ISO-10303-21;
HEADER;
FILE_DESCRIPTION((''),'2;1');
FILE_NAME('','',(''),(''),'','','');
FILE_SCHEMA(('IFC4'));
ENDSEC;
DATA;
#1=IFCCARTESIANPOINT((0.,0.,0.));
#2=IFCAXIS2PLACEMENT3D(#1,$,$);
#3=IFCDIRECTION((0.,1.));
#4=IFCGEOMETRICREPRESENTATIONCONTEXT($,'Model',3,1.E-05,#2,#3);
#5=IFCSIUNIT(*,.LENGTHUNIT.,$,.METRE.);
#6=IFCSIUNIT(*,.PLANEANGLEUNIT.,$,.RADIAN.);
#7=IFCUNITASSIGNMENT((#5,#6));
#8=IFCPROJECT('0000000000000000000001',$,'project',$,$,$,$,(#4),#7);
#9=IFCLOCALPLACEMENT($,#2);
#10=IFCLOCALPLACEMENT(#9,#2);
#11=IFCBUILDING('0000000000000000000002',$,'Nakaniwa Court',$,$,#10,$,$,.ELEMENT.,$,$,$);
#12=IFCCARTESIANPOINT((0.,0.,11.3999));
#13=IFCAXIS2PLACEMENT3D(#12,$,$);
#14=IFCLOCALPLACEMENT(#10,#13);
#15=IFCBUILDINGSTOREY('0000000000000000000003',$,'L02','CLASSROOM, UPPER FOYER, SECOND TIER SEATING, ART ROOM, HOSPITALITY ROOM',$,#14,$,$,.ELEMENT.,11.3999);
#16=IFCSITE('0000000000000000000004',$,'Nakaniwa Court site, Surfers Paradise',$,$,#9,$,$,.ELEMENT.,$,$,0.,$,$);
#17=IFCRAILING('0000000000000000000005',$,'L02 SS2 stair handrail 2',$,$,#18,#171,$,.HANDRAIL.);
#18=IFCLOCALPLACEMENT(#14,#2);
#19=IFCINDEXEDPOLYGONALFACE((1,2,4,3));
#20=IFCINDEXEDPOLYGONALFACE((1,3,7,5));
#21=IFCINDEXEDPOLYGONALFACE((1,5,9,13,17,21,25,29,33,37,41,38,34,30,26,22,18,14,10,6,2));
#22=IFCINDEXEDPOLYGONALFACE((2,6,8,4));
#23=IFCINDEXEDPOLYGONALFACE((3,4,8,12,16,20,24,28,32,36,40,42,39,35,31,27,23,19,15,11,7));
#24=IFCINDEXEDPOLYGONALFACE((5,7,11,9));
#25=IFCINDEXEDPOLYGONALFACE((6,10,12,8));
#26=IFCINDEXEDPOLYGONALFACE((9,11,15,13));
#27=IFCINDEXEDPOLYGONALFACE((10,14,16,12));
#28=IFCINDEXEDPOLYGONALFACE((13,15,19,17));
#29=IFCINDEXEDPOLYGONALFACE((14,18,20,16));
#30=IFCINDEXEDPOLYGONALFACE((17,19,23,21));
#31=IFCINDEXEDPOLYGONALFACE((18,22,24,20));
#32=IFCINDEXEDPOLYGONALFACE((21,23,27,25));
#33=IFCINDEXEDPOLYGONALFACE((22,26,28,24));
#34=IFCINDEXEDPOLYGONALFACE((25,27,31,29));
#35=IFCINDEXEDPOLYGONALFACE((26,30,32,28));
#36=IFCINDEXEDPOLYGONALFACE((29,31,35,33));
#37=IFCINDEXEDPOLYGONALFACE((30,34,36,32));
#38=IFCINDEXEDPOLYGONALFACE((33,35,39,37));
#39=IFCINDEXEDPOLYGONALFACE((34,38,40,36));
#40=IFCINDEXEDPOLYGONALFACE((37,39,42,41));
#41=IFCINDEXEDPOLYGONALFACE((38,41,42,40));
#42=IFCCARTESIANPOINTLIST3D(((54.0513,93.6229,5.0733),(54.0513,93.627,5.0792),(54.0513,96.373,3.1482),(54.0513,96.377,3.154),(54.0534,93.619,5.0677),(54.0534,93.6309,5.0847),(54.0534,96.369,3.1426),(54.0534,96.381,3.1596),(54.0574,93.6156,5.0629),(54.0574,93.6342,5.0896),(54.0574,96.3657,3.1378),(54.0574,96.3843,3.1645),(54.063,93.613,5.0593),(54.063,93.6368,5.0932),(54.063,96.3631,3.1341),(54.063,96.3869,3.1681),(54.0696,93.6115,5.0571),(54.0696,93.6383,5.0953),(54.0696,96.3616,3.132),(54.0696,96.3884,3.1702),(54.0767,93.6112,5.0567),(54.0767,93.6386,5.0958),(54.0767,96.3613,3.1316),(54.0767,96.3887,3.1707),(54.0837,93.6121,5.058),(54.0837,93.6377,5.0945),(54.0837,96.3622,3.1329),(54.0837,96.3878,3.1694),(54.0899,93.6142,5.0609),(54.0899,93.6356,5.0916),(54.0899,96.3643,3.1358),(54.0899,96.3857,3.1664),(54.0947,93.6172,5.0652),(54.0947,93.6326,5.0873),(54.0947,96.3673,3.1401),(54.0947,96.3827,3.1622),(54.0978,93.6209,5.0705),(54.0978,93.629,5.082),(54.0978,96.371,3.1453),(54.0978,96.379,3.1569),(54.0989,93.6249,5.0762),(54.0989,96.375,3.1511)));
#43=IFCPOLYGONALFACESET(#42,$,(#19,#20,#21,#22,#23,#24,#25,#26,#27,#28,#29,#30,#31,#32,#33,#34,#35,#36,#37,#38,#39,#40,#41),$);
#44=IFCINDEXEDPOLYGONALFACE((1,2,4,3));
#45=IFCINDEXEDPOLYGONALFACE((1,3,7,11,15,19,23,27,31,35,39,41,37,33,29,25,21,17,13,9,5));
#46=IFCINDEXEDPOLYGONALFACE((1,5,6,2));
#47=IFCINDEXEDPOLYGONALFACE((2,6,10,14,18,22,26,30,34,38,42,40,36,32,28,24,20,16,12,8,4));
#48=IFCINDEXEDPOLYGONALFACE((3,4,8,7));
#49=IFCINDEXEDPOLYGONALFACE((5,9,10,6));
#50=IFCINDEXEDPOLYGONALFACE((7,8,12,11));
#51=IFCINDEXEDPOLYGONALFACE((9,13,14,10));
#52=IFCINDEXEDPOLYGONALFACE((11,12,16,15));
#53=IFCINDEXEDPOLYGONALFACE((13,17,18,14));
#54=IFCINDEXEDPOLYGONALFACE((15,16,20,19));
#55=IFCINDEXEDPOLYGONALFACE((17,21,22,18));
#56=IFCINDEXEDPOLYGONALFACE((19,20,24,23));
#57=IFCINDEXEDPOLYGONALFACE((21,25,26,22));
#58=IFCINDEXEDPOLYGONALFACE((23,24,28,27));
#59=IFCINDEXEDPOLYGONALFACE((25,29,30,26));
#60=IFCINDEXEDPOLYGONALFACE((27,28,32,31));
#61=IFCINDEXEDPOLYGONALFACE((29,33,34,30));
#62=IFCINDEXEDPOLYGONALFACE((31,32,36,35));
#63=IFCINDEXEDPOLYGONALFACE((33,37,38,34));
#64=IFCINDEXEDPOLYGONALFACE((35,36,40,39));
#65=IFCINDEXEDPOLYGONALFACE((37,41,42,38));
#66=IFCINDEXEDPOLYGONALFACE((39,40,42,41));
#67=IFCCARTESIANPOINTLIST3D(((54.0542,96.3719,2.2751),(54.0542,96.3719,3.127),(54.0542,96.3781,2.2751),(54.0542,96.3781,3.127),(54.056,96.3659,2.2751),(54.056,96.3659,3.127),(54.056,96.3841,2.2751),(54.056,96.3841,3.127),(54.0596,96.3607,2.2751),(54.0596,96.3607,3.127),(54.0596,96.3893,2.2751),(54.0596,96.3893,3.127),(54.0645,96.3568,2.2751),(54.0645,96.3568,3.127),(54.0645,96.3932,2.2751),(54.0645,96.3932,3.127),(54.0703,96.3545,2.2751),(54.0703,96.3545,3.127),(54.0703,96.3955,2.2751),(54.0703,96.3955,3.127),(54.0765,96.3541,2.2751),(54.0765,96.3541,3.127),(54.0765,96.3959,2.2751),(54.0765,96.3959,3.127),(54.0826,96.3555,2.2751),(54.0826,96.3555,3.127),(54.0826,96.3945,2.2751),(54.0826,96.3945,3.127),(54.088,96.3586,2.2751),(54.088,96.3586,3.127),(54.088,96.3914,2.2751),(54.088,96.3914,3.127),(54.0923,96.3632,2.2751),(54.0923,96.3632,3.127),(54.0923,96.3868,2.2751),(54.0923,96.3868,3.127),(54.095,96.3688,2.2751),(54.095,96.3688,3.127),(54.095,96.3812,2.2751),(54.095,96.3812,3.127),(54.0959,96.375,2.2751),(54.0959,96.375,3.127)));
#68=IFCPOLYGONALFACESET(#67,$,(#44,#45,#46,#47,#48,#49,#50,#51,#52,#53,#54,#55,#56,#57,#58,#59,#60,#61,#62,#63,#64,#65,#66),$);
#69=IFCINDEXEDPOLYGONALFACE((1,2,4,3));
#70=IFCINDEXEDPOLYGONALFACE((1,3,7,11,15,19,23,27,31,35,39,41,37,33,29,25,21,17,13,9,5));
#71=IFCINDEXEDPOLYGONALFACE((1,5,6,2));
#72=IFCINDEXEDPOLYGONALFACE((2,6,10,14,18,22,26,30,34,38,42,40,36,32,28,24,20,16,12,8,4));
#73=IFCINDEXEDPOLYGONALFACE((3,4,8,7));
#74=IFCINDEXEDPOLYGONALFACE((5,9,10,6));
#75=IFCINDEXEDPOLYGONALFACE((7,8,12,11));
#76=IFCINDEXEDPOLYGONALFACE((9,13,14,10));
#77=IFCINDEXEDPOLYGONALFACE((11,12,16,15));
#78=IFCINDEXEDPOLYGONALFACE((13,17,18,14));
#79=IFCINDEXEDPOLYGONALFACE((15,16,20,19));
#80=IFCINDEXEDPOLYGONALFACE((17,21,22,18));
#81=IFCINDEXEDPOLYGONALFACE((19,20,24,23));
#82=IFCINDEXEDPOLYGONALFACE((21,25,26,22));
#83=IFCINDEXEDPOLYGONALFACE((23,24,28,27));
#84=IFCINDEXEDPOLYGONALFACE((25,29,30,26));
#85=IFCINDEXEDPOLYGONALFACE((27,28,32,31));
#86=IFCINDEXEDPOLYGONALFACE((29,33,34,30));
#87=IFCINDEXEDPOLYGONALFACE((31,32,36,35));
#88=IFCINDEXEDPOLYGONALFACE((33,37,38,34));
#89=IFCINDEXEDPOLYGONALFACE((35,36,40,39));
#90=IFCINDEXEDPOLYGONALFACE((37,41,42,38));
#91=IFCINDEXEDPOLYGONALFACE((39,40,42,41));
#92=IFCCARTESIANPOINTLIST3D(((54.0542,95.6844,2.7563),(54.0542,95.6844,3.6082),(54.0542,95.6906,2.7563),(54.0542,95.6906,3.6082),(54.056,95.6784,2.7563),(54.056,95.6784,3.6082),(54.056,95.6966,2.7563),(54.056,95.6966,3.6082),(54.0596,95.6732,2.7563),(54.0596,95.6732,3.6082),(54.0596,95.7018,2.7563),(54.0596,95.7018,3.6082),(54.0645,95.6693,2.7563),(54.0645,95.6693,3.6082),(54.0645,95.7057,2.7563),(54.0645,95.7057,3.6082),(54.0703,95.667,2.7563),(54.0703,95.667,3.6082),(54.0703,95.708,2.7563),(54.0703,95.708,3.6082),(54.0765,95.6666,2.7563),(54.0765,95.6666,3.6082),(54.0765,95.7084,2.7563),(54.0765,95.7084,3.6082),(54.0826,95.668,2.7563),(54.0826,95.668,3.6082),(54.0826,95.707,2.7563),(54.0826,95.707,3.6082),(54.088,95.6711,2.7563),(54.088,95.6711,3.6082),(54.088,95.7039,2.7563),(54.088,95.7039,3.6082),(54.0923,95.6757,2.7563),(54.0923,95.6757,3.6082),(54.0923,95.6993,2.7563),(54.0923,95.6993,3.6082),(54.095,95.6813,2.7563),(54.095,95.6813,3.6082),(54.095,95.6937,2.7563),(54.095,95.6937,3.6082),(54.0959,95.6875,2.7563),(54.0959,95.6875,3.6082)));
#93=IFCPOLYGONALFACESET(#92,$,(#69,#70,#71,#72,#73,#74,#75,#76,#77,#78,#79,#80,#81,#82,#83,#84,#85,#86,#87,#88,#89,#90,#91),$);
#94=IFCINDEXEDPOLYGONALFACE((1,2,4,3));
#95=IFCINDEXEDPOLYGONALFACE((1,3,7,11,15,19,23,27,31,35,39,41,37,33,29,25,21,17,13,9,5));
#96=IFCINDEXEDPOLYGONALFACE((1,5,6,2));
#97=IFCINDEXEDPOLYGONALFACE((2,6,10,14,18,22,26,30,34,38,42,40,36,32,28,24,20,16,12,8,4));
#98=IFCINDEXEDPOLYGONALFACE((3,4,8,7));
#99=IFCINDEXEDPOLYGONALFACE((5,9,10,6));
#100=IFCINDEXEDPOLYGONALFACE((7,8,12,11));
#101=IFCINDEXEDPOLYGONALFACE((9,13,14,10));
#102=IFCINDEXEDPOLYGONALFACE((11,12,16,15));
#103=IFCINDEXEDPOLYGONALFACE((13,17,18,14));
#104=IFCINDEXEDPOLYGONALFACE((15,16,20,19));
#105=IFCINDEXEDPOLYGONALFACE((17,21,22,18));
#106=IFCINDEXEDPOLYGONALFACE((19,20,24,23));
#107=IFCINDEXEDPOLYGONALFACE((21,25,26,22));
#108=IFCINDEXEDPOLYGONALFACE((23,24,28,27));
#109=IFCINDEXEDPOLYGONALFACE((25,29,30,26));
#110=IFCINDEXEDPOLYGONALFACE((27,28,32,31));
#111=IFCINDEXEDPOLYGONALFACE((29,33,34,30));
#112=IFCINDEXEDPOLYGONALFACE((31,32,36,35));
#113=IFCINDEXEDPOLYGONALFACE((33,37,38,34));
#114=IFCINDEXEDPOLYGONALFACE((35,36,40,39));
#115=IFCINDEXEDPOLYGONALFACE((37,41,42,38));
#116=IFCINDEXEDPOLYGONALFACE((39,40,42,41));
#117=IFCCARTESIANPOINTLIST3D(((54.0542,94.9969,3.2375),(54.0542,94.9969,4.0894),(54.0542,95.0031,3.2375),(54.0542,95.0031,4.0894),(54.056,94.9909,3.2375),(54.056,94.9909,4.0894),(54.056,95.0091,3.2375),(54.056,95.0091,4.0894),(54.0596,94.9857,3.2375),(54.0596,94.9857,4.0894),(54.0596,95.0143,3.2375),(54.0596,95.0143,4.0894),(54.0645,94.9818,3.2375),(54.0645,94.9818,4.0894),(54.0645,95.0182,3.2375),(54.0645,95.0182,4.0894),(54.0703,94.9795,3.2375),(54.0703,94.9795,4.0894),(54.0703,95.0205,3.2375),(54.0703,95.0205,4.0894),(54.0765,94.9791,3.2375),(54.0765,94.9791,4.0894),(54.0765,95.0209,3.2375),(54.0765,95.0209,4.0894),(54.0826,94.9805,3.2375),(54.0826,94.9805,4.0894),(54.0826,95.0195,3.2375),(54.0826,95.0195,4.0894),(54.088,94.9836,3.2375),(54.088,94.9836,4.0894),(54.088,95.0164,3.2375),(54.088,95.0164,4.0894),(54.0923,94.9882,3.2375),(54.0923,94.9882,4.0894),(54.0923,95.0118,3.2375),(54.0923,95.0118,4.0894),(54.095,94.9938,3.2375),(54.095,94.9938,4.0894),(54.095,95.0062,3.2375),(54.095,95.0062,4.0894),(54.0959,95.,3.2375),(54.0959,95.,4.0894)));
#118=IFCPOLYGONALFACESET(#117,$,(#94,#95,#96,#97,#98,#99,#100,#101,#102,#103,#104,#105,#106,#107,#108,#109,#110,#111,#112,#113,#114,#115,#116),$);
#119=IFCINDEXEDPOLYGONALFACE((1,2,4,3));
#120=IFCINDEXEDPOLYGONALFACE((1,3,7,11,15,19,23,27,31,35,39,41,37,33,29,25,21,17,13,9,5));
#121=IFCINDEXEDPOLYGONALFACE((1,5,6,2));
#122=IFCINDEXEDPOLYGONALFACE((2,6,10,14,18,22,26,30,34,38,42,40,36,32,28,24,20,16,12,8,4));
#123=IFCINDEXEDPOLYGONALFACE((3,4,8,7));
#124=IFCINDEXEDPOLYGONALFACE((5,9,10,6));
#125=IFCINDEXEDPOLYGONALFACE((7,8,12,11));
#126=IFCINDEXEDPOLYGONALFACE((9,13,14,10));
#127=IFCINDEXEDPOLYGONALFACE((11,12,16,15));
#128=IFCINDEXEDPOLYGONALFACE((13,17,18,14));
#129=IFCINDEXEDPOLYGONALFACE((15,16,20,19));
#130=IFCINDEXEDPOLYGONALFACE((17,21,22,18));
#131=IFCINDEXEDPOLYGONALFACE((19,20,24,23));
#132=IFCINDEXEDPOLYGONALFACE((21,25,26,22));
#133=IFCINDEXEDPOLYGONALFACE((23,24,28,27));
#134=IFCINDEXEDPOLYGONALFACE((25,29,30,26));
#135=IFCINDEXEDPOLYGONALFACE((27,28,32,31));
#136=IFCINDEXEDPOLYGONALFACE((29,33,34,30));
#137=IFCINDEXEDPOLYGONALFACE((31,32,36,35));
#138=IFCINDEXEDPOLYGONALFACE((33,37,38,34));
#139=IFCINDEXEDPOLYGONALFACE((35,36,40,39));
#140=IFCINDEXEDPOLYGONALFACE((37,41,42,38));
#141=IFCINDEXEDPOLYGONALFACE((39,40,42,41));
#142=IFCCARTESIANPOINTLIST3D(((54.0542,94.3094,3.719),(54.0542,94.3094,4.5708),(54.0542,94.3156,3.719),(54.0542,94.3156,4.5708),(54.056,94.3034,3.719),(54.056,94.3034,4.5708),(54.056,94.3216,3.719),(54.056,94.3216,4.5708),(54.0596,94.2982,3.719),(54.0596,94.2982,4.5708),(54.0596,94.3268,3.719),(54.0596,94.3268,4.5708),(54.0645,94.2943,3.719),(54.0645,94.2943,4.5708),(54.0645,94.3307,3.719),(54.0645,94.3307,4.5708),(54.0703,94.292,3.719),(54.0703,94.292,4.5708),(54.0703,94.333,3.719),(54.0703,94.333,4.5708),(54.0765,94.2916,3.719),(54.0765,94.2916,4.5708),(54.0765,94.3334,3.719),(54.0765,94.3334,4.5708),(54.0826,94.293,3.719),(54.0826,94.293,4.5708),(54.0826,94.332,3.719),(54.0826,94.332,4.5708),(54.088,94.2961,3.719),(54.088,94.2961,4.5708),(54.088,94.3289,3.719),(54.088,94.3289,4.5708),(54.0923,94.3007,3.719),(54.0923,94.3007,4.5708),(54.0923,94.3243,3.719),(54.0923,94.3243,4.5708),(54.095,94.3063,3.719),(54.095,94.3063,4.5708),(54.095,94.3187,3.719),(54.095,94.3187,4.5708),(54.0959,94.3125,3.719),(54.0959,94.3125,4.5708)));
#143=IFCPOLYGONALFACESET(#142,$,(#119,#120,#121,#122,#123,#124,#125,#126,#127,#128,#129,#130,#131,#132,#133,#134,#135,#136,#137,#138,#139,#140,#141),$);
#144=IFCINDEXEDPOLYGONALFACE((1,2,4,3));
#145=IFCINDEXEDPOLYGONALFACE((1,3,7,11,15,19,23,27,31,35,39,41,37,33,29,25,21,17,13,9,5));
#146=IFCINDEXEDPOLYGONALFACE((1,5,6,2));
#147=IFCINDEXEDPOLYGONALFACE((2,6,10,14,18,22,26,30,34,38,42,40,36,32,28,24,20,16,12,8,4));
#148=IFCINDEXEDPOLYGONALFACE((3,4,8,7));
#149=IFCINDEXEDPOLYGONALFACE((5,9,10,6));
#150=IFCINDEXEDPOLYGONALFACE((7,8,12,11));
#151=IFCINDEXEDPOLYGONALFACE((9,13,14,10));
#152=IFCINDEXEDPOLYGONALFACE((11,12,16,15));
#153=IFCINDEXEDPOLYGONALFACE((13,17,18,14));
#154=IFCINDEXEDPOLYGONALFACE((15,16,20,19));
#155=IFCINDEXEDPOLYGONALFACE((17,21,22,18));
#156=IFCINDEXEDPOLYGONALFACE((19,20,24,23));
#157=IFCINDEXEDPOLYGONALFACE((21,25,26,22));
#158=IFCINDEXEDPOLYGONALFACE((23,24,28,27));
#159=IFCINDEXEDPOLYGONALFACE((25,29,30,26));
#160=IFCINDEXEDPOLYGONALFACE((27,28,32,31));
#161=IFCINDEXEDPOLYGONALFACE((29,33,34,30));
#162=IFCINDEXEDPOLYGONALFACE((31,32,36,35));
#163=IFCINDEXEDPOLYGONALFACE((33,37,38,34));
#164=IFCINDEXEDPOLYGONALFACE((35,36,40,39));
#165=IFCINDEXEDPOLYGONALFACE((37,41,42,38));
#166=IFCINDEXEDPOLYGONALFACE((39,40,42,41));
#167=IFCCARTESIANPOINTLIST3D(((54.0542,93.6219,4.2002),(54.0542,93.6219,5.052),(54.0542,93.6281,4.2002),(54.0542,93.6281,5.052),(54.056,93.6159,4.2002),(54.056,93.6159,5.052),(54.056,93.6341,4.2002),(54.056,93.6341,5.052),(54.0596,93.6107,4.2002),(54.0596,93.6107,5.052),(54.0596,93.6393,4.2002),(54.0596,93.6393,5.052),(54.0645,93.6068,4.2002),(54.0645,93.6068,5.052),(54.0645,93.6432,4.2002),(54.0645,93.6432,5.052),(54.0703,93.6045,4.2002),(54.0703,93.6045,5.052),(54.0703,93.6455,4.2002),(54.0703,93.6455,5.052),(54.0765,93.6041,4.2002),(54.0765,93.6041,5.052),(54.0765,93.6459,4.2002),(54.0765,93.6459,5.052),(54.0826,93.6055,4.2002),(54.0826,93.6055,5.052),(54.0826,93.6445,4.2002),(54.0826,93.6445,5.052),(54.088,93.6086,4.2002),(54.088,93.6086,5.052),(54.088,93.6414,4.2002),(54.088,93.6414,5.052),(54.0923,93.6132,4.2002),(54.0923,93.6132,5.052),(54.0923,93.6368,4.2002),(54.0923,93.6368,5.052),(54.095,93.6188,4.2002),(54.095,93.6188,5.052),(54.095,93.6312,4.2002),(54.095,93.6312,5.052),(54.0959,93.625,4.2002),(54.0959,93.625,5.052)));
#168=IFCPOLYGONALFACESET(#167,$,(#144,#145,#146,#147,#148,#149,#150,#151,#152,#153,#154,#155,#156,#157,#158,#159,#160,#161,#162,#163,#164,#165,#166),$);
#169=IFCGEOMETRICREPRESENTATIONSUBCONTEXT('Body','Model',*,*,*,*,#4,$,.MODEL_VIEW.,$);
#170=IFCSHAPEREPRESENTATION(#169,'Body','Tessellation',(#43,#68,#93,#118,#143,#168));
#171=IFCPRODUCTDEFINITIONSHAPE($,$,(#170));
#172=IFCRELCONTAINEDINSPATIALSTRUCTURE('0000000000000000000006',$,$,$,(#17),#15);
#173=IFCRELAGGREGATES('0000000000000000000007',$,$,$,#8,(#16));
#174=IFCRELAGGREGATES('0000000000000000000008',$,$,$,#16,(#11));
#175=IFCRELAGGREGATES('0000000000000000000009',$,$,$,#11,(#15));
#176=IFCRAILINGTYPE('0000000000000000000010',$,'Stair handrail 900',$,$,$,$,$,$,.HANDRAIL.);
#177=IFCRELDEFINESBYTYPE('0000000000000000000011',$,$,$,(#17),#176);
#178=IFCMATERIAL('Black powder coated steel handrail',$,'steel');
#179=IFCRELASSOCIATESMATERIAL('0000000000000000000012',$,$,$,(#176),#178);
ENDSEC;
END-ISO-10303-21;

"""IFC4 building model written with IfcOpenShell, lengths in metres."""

from ifc_helpers import new_model, si_unit, direction, frame, origin, origin_2d, place, context, subcontext, project, spatial, circle, extrude, material, type_object, element, save


model = new_model("IFC4")

# Units and contexts
model_context = context("Model", 3, precision=1e-05, world=origin(), true_north=direction((0.0, 1.0)))
body_context = subcontext(model_context, "Body", "Model", "MODEL_VIEW")
ifc_project = project(units=[si_unit("LENGTHUNIT", "METRE"), si_unit("PLANEANGLEUNIT", "RADIAN")], contexts=[model_context])

# Site, building, storey
site_placement = place(None, origin())
site = spatial("IfcSite", under=ifc_project, at=site_placement, Name="Nakaniwa Court site, Surfers Paradise", CompositionType="ELEMENT", RefElevation=0.0)
building_placement = place(site_placement, origin())
building = spatial("IfcBuilding", under=site, at=building_placement, Name="Nakaniwa Court", CompositionType="ELEMENT")
storey_placement = place(building_placement, frame((0.0, 0.0, 11.3999)))
storey = spatial("IfcBuildingStorey", under=building, at=storey_placement, Name="L02", Description="CLASSROOM, UPPER FOYER, SECOND TIER SEATING, ART ROOM, HOSPITALITY ROOM", CompositionType="ELEMENT", Elevation=11.3999)

# Railing
ifc_material_1 = material(Name="Black powder coated steel handrail", Category="steel")
railing_type_1 = type_object("IfcRailingType", Name="Stair handrail 900", PredefinedType="HANDRAIL", material=ifc_material_1)
railing_1_placement = place(storey_placement, frame((54.075, 96.375, 2.2751)))
element("IfcRailing", 1, at=railing_1_placement, inside=storey, type_object=railing_type_1, Name="L02 SS2 stair handrail 2", PredefinedType="HANDRAIL", context=body_context, shape_type="SweptSolid", body=[
    extrude(circle(Radius=0.0239, at=origin_2d()), frame((0.0, 0.0, 0.876), z_axis=(0.0, -0.819225, 0.573472), x_axis=(1.0, 0.0, 0.0)), (0.0, 0.0, 1.0), 3.3569),
    extrude(circle(Radius=0.021, at=origin_2d()), origin(), (0.0, 0.0, 1.0), 0.8518),
    extrude(circle(Radius=0.021, at=origin_2d()), frame((0.0, -0.6875, 0.4812)), (0.0, 0.0, 1.0), 0.8518),
    extrude(circle(Radius=0.021, at=origin_2d()), frame((0.0, -1.375, 0.9624)), (0.0, 0.0, 1.0), 0.8518),
    extrude(circle(Radius=0.021, at=origin_2d()), frame((0.0, -2.0625, 1.4438)), (0.0, 0.0, 1.0), 0.8518),
    extrude(circle(Radius=0.021, at=origin_2d()), frame((0.0, -2.75, 1.925)), (0.0, 0.0, 1.0), 0.8518),
])

save(model, "model.ifc")
